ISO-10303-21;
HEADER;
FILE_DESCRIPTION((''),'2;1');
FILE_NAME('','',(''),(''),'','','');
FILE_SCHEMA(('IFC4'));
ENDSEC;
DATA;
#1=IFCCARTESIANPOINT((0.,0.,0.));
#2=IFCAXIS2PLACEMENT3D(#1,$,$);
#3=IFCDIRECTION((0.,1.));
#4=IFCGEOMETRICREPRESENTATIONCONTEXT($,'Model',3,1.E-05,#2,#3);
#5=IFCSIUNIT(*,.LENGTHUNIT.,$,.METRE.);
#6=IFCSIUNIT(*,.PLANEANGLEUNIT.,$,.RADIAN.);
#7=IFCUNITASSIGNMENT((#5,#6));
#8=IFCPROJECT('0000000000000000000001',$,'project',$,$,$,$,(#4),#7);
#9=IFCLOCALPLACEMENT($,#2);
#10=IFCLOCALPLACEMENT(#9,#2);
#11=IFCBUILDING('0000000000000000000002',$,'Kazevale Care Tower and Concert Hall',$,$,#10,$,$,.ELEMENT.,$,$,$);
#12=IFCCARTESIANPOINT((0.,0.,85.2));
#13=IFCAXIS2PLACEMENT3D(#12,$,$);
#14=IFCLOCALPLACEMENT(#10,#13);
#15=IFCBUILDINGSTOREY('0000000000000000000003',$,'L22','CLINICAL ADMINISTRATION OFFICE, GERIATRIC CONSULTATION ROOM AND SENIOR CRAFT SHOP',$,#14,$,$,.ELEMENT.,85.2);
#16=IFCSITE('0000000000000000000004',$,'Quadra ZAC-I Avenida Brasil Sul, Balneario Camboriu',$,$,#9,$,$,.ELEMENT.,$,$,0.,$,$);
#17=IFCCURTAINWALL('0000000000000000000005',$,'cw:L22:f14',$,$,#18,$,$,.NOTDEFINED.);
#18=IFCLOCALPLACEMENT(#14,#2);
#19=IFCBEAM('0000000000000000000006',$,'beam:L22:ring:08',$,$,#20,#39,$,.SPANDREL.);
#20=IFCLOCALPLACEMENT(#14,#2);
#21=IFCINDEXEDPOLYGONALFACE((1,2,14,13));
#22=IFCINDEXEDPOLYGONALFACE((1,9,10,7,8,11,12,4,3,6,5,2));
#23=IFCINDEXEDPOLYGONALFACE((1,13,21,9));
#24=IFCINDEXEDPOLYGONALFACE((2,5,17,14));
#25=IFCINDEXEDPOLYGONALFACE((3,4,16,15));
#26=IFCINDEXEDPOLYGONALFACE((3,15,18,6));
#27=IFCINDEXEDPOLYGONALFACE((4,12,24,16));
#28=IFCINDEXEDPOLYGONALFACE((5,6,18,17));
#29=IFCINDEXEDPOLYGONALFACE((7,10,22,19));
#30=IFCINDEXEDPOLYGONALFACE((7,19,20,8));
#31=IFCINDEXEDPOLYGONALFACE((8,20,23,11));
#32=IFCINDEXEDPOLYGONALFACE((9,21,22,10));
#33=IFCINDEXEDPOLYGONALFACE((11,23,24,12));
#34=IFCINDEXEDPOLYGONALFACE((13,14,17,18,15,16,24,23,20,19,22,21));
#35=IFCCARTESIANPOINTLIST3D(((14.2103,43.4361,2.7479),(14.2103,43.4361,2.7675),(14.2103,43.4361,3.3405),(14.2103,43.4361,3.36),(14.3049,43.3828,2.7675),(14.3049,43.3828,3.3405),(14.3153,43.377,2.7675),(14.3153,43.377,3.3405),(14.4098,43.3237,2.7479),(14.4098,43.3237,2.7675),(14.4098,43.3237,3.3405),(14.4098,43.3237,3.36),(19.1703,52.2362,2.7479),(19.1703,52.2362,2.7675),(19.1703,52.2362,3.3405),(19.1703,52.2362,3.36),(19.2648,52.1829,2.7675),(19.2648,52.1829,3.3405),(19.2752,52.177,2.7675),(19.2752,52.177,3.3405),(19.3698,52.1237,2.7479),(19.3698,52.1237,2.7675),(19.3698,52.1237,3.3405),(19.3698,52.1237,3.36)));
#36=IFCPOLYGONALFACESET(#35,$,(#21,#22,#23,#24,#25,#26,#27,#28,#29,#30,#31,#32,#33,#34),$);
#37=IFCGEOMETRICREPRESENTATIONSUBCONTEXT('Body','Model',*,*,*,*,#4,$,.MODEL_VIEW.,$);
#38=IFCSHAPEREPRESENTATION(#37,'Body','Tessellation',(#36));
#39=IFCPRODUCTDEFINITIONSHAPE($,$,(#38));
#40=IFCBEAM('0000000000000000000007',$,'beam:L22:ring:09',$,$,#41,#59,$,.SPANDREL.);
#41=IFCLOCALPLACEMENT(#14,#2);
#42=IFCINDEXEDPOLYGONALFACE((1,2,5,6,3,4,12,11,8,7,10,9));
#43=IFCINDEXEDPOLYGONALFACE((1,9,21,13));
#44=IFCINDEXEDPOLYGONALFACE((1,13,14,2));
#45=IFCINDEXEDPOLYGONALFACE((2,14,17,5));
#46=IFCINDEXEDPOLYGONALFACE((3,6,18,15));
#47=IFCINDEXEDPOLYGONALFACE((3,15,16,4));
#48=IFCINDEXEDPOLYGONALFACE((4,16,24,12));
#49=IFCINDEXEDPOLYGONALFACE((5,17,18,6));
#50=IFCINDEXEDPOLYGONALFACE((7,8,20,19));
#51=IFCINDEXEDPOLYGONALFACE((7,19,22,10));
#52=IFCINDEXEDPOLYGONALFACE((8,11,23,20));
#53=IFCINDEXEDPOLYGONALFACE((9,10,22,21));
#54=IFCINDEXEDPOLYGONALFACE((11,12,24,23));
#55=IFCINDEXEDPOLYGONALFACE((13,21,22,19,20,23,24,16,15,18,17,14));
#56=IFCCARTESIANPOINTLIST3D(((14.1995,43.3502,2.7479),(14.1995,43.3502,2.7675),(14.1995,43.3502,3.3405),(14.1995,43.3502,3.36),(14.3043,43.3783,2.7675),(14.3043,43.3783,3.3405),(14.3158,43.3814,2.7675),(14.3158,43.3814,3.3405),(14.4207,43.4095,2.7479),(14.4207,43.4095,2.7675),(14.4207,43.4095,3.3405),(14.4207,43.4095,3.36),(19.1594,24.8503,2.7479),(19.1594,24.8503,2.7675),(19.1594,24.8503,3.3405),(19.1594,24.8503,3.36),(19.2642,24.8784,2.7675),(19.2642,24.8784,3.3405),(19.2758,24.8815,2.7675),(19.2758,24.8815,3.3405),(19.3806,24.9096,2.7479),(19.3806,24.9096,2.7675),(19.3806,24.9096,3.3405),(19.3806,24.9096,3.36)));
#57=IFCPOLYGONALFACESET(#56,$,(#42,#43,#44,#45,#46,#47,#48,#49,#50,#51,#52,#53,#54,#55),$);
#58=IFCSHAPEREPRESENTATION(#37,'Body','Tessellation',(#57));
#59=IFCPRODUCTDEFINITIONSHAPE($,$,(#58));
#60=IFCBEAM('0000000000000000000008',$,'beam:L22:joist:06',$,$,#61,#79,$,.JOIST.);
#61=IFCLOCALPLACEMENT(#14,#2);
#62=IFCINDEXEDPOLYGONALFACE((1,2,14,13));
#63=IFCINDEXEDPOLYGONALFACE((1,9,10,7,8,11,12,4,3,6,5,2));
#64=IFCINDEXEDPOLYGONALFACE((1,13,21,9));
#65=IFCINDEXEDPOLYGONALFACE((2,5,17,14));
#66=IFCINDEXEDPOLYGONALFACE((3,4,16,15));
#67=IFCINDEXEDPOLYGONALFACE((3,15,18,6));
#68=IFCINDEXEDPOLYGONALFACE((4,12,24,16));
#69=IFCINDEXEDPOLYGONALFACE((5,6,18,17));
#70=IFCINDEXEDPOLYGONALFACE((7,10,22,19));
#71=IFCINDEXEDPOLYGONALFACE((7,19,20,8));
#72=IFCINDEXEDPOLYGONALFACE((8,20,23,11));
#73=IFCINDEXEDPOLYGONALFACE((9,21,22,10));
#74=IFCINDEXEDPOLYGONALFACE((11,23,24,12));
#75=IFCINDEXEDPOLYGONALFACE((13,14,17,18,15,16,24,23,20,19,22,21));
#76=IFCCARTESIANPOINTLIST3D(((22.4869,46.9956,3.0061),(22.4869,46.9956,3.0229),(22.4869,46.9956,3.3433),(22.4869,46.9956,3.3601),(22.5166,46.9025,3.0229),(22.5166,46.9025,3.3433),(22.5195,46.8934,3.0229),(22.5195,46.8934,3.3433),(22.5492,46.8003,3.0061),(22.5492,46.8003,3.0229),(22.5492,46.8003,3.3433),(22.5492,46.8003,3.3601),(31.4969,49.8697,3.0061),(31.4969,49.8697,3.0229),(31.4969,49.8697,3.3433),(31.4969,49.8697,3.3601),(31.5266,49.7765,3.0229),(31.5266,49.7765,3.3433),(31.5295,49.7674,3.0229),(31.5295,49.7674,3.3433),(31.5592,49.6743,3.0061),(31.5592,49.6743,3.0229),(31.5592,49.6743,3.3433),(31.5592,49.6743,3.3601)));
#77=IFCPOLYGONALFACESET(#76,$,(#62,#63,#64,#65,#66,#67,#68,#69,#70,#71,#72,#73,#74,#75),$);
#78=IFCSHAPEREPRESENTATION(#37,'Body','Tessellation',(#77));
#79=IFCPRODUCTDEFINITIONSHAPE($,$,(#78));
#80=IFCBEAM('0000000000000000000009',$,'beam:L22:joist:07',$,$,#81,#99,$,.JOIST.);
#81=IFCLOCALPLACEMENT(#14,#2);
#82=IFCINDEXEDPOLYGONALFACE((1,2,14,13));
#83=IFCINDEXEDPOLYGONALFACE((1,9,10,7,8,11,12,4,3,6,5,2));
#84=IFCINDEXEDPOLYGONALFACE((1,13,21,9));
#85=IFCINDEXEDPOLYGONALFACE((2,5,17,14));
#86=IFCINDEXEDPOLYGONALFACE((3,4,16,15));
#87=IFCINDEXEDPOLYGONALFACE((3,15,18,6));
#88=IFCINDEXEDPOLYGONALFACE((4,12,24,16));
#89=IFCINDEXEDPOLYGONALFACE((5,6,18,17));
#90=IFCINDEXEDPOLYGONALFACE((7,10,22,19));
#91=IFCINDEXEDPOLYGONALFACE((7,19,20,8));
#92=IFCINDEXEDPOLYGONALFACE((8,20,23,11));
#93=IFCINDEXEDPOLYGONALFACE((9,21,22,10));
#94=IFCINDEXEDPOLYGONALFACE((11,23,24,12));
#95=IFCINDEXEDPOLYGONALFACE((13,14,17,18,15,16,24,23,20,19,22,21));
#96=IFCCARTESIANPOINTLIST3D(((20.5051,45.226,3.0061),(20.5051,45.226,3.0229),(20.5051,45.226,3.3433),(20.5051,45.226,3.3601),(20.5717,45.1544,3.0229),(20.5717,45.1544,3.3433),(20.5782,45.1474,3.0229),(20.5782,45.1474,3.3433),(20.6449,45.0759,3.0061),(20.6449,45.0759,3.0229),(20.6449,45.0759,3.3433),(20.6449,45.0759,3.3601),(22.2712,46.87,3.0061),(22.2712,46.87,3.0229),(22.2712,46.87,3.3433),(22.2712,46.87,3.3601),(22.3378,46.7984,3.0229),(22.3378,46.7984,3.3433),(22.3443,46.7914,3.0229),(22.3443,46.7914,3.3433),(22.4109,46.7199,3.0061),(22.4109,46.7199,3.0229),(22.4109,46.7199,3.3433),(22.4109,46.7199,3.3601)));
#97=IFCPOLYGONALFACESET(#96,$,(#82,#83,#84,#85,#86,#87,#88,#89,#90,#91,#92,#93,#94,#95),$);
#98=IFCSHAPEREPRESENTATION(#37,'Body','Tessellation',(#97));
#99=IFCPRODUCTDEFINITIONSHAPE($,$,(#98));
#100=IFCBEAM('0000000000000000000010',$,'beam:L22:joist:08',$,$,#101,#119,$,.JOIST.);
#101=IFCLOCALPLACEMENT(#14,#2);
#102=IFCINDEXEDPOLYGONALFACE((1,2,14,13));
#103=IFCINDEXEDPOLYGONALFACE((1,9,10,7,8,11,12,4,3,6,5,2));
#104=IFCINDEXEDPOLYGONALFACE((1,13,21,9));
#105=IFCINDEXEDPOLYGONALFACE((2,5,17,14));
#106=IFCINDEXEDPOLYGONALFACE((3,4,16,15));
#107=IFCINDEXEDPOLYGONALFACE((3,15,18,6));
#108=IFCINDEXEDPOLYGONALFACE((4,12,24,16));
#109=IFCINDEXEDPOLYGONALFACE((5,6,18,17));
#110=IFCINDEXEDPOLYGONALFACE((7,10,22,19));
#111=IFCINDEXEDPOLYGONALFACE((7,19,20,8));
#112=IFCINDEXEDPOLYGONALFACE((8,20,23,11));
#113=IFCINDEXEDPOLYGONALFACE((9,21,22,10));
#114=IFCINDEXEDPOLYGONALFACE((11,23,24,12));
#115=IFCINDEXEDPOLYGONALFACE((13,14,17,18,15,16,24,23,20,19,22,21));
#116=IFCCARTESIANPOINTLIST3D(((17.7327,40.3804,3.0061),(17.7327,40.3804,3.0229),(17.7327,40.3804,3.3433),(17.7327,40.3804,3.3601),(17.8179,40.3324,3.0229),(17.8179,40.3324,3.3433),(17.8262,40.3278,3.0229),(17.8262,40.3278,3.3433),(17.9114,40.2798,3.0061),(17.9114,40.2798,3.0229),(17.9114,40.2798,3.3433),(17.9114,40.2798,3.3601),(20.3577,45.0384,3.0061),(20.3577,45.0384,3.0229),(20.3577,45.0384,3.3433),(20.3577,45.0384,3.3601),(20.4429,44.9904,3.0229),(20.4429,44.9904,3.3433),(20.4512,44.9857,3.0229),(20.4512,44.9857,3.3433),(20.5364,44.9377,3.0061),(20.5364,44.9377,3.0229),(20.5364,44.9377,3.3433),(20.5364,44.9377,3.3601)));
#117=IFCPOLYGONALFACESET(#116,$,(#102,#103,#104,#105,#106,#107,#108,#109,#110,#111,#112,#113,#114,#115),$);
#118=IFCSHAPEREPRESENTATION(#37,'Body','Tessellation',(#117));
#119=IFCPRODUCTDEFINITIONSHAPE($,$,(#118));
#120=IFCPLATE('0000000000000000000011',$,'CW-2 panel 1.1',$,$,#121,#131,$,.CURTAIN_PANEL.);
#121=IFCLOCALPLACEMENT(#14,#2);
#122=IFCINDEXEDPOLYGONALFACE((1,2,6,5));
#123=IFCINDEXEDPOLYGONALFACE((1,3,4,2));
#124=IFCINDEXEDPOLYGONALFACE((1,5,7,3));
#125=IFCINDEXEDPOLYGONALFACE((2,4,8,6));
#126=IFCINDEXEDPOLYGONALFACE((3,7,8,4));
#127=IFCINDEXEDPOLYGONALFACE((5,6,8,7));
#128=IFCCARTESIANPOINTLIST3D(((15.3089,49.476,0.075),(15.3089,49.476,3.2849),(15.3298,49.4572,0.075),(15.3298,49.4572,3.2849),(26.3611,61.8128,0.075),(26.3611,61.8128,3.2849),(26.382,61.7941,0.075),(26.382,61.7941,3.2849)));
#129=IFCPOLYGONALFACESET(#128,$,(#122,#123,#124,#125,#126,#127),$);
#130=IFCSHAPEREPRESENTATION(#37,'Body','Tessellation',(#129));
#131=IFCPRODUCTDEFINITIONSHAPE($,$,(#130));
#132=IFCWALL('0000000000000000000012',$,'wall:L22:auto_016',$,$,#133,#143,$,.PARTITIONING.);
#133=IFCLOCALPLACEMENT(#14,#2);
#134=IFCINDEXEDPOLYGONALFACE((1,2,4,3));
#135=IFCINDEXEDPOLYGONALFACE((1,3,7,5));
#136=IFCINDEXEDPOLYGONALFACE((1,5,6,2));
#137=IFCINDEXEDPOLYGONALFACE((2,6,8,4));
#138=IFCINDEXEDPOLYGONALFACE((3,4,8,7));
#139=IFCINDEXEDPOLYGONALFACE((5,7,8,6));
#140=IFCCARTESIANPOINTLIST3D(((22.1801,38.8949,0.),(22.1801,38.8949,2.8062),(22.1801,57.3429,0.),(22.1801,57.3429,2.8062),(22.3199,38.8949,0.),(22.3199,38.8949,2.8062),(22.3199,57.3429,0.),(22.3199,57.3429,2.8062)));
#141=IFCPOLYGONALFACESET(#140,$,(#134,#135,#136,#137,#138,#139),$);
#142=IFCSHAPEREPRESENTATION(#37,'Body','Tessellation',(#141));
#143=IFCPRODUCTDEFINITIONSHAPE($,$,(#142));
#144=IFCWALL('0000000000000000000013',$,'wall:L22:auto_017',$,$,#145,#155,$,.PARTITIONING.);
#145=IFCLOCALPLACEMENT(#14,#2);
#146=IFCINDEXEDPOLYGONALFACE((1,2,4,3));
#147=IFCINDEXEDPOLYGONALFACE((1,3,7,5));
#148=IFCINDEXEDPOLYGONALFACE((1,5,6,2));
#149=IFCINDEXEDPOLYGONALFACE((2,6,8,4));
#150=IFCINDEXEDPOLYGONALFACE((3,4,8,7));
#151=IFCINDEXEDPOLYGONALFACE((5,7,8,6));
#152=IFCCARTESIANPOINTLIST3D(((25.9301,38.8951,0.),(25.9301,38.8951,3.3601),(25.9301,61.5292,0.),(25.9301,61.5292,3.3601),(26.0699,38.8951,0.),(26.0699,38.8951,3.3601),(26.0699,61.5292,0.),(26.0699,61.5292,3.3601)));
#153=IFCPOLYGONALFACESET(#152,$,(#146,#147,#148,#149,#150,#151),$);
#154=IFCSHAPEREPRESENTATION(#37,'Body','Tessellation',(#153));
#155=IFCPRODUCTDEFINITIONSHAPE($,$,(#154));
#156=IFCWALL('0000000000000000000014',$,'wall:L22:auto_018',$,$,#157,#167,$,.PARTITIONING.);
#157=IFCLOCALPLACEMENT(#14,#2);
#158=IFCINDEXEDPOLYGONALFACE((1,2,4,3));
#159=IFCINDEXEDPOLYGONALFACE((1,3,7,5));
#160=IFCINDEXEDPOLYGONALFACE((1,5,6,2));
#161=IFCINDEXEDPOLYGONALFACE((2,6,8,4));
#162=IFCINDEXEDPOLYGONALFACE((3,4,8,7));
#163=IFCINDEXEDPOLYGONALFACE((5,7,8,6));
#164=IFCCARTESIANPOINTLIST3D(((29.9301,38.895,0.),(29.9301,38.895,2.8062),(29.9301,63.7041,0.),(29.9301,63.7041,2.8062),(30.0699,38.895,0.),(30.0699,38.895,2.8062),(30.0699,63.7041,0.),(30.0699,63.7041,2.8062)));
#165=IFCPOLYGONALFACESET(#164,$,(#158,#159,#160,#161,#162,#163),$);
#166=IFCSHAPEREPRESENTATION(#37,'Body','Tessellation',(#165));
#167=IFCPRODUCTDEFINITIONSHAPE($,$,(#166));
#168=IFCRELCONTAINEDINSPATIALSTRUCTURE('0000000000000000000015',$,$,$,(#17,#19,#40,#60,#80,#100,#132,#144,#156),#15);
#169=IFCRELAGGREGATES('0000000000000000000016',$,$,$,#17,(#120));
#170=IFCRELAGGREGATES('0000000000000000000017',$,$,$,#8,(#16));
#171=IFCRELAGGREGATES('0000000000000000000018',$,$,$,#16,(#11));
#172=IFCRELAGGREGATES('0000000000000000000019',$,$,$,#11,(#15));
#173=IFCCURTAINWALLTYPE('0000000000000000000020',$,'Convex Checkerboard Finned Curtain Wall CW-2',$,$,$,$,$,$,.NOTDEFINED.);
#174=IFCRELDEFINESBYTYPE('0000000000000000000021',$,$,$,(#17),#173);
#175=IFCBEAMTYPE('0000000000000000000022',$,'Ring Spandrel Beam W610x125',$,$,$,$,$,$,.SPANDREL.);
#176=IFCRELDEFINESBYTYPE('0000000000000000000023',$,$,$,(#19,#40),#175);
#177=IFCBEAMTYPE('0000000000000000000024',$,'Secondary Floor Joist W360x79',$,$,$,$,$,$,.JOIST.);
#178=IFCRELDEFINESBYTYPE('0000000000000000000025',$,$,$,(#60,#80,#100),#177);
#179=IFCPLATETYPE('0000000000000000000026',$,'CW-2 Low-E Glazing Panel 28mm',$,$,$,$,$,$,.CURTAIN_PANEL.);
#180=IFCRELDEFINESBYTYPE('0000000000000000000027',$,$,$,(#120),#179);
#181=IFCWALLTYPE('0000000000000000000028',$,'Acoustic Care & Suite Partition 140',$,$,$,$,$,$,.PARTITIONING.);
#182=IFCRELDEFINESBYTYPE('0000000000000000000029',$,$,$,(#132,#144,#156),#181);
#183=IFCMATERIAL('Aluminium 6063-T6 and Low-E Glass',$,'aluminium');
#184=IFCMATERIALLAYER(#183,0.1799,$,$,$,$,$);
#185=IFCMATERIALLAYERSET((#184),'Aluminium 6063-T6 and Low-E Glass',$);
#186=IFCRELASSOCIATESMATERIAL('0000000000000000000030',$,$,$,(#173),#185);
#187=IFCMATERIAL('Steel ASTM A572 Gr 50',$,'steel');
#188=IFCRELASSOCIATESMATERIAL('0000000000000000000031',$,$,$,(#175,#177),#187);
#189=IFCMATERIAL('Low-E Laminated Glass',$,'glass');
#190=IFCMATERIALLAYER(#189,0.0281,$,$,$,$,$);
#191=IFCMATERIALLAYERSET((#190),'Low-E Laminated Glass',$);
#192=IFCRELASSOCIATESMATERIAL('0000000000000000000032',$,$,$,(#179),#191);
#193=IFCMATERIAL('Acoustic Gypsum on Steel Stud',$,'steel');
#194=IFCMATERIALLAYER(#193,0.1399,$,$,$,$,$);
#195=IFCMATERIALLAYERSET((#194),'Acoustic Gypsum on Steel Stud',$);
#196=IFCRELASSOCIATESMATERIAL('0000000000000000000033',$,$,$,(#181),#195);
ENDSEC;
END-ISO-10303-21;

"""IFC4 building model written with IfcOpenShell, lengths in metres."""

from ifc_helpers import new_model, si_unit, direction, frame, frame_2d, origin, origin_2d, place, context, subcontext, project, spatial, rectangle, i_section, extrude, material, layer, layer_set, material_profile, profile_set, type_object, element, aggregate, save


model = new_model("IFC4")

# Units and contexts
model_context = context("Model", 3, precision=1e-05, world=origin(), true_north=direction((0.0, 1.0)))
body_context = subcontext(model_context, "Body", "Model", "MODEL_VIEW")
ifc_project = project(units=[si_unit("LENGTHUNIT", "METRE"), si_unit("PLANEANGLEUNIT", "RADIAN")], contexts=[model_context])

# Site, building, storey
site_placement = place(None, origin())
site = spatial("IfcSite", under=ifc_project, at=site_placement, Name="Quadra ZAC-I Avenida Brasil Sul, Balneario Camboriu", CompositionType="ELEMENT", RefElevation=0.0)
building_placement = place(site_placement, origin())
building = spatial("IfcBuilding", under=site, at=building_placement, Name="Kazevale Care Tower and Concert Hall", CompositionType="ELEMENT")
storey_placement = place(building_placement, frame((0.0, 0.0, 85.2)))
storey = spatial("IfcBuildingStorey", under=building, at=storey_placement, Name="L22", Description="CLINICAL ADMINISTRATION OFFICE, GERIATRIC CONSULTATION ROOM AND SENIOR CRAFT SHOP", CompositionType="ELEMENT", Elevation=85.2)

# Curtain wall
ifc_material_1 = material(Name="Aluminium 6063-T6 and Low-E Glass", Category="aluminium")
ifc_layer_1 = layer(ifc_material_1, 0.1799)
ifc_layer_set_1 = layer_set([ifc_layer_1], Name="Aluminium 6063-T6 and Low-E Glass")
curtain_wall_type_1 = type_object("IfcCurtainWallType", Name="Convex Checkerboard Finned Curtain Wall CW-2", PredefinedType="NOTDEFINED", material=ifc_layer_set_1)
curtain_wall_1_placement = place(storey_placement, origin())
curtain_wall_1 = element("IfcCurtainWall", 1, at=curtain_wall_1_placement, inside=storey, type_object=curtain_wall_type_1, Name="cw:L22:f14", PredefinedType="NOTDEFINED")

# Beams
ifc_material_2 = material(Name="Steel ASTM A572 Gr 50", Category="steel")
ifc_material_profile_1 = material_profile(ifc_material_2, i_section(OverallWidth=0.229, OverallDepth=0.6121, WebThickness=0.012, FlangeThickness=0.0195, at=origin_2d()), Name="W610x125")
ifc_profile_set_1 = profile_set([ifc_material_profile_1], Name="Steel ASTM A572 Gr 50")
beam_type_1 = type_object("IfcBeamType", Name="Ring Spandrel Beam W610x125", PredefinedType="SPANDREL", material=ifc_profile_set_1)
beam_1_placement = place(storey_placement, frame((19.27, 52.1799, 3.054), z_axis=(-0.491008, -0.871155, 0.0), x_axis=(0.871155, -0.491008, 0.0)))
element("IfcBeam", 2, at=beam_1_placement, inside=storey, type_object=beam_type_1, Name="beam:L22:ring:08", PredefinedType="SPANDREL", context=body_context, shape_type="SweptSolid", body=[
    extrude(i_section(OverallWidth=0.229, OverallDepth=0.6121, WebThickness=0.012, FlangeThickness=0.0195, at=origin_2d()), origin(), (0.0, 0.0, 1.0), 10.1016),
])
beam_2_placement = place(storey_placement, frame((14.3101, 43.3799, 3.054), z_axis=(0.25896, -0.965888, 0.0), x_axis=(0.965888, 0.25896, 0.0)))
element("IfcBeam", 3, at=beam_2_placement, inside=storey, type_object=beam_type_1, Name="beam:L22:ring:09", PredefinedType="SPANDREL", context=body_context, shape_type="SweptSolid", body=[
    extrude(i_section(OverallWidth=0.229, OverallDepth=0.6121, WebThickness=0.012, FlangeThickness=0.0195, at=origin_2d()), origin(), (0.0, 0.0, 1.0), 19.1533),
])
ifc_material_profile_2 = material_profile(ifc_material_2, i_section(OverallWidth=0.2051, OverallDepth=0.354, WebThickness=0.0095, FlangeThickness=0.0168, at=origin_2d()), Name="W360x79")
ifc_profile_set_2 = profile_set([ifc_material_profile_2], Name="Steel ASTM A572 Gr 50")
beam_type_2 = type_object("IfcBeamType", Name="Secondary Floor Joist W360x79", PredefinedType="JOIST", material=ifc_profile_set_2)
beam_3_placement = place(storey_placement, frame((31.5281, 49.772, 3.1831), z_axis=(-0.952705, -0.303895, 0.0), x_axis=(0.303895, -0.952705, 0.0)))
element("IfcBeam", 4, at=beam_3_placement, inside=storey, type_object=beam_type_2, Name="beam:L22:joist:06", PredefinedType="JOIST", context=body_context, shape_type="SweptSolid", body=[
    extrude(i_section(OverallWidth=0.2051, OverallDepth=0.354, WebThickness=0.0095, FlangeThickness=0.0168, at=origin_2d()), origin(), (0.0, 0.0, 1.0), 9.4573),
])
beam_4_placement = place(storey_placement, frame((22.3411, 46.7949, 3.1831), z_axis=(-0.73195, -0.681359, 0.0), x_axis=(0.681359, -0.73195, 0.0)))
element("IfcBeam", 5, at=beam_4_placement, inside=storey, type_object=beam_type_2, Name="beam:L22:joist:07", PredefinedType="JOIST", context=body_context, shape_type="SweptSolid", body=[
    extrude(i_section(OverallWidth=0.2051, OverallDepth=0.354, WebThickness=0.0095, FlangeThickness=0.0168, at=origin_2d()), origin(), (0.0, 0.0, 1.0), 2.4128),
])
beam_5_placement = place(storey_placement, frame((20.447, 44.988, 3.1831), z_axis=(-0.490957, -0.871184, 0.0), x_axis=(0.871184, -0.490957, 0.0)))
element("IfcBeam", 6, at=beam_5_placement, inside=storey, type_object=beam_type_2, Name="beam:L22:joist:08", PredefinedType="JOIST", context=body_context, shape_type="SweptSolid", body=[
    extrude(i_section(OverallWidth=0.2051, OverallDepth=0.354, WebThickness=0.0095, FlangeThickness=0.0168, at=origin_2d()), origin(), (0.0, 0.0, 1.0), 5.3467),
])

# Plate
ifc_material_3 = material(Name="Low-E Laminated Glass", Category="glass")
ifc_layer_2 = layer(ifc_material_3, 0.0281)
ifc_layer_set_2 = layer_set([ifc_layer_2], Name="Low-E Laminated Glass")
plate_type = type_object("IfcPlateType", Name="CW-2 Low-E Glazing Panel 28mm", PredefinedType="CURTAIN_PANEL", material=ifc_layer_set_2)
plate_placement = place(storey_placement, frame((20.8455, 55.635, 0.075), z_axis=(0.0, 0.0, 1.0), x_axis=(0.667265, 0.74482, 0.0)))
plate = element("IfcPlate", 7, at=plate_placement, type_object=plate_type, Name="CW-2 panel 1.1", PredefinedType="CURTAIN_PANEL", context=body_context, shape_type="SweptSolid", body=[
    extrude(rectangle(XDim=16.5635, YDim=0.0281, at=origin_2d()), origin(), (0.0, 0.0, 1.0), 3.21),
])
aggregate(curtain_wall_1, [plate])

# Walls
ifc_material_4 = material(Name="Acoustic Gypsum on Steel Stud", Category="steel")
ifc_layer_3 = layer(ifc_material_4, 0.1399)
ifc_layer_set_3 = layer_set([ifc_layer_3], Name="Acoustic Gypsum on Steel Stud")
wall_type_1 = type_object("IfcWallType", Name="Acoustic Care & Suite Partition 140", PredefinedType="PARTITIONING", material=ifc_layer_set_3)
wall_1_placement = place(storey_placement, frame((22.25, 57.343, 0.0), z_axis=(0.0, 0.0, 1.0), x_axis=(0.0, -1.0, 0.0)))
element("IfcWall", 8, at=wall_1_placement, inside=storey, type_object=wall_type_1, Name="wall:L22:auto_016", PredefinedType="PARTITIONING", context=body_context, shape_type="SweptSolid", body=[
    extrude(rectangle(XDim=18.448, YDim=0.1399, at=frame_2d((9.2241, 0.0))), origin(), (0.0, 0.0, 1.0), 2.8062),
])
wall_2_placement = place(storey_placement, frame((26.0, 61.5291, 0.0), z_axis=(0.0, 0.0, 1.0), x_axis=(0.0, -1.0, 0.0)))
element("IfcWall", 9, at=wall_2_placement, inside=storey, type_object=wall_type_1, Name="wall:L22:auto_017", PredefinedType="PARTITIONING", context=body_context, shape_type="SweptSolid", body=[
    extrude(rectangle(XDim=22.634, YDim=0.1399, at=frame_2d((11.3169, 0.0))), origin(), (0.0, 0.0, 1.0), 3.3601),
])
wall_3_placement = place(storey_placement, frame((30.0, 63.7041, 0.0), z_axis=(0.0, 0.0, 1.0), x_axis=(0.0, -1.0, 0.0)))
element("IfcWall", 10, at=wall_3_placement, inside=storey, type_object=wall_type_1, Name="wall:L22:auto_018", PredefinedType="PARTITIONING", context=body_context, shape_type="SweptSolid", body=[
    extrude(rectangle(XDim=24.8091, YDim=0.1399, at=frame_2d((12.4045, 0.0))), origin(), (0.0, 0.0, 1.0), 2.8062),
])

save(model, "model.ifc")
